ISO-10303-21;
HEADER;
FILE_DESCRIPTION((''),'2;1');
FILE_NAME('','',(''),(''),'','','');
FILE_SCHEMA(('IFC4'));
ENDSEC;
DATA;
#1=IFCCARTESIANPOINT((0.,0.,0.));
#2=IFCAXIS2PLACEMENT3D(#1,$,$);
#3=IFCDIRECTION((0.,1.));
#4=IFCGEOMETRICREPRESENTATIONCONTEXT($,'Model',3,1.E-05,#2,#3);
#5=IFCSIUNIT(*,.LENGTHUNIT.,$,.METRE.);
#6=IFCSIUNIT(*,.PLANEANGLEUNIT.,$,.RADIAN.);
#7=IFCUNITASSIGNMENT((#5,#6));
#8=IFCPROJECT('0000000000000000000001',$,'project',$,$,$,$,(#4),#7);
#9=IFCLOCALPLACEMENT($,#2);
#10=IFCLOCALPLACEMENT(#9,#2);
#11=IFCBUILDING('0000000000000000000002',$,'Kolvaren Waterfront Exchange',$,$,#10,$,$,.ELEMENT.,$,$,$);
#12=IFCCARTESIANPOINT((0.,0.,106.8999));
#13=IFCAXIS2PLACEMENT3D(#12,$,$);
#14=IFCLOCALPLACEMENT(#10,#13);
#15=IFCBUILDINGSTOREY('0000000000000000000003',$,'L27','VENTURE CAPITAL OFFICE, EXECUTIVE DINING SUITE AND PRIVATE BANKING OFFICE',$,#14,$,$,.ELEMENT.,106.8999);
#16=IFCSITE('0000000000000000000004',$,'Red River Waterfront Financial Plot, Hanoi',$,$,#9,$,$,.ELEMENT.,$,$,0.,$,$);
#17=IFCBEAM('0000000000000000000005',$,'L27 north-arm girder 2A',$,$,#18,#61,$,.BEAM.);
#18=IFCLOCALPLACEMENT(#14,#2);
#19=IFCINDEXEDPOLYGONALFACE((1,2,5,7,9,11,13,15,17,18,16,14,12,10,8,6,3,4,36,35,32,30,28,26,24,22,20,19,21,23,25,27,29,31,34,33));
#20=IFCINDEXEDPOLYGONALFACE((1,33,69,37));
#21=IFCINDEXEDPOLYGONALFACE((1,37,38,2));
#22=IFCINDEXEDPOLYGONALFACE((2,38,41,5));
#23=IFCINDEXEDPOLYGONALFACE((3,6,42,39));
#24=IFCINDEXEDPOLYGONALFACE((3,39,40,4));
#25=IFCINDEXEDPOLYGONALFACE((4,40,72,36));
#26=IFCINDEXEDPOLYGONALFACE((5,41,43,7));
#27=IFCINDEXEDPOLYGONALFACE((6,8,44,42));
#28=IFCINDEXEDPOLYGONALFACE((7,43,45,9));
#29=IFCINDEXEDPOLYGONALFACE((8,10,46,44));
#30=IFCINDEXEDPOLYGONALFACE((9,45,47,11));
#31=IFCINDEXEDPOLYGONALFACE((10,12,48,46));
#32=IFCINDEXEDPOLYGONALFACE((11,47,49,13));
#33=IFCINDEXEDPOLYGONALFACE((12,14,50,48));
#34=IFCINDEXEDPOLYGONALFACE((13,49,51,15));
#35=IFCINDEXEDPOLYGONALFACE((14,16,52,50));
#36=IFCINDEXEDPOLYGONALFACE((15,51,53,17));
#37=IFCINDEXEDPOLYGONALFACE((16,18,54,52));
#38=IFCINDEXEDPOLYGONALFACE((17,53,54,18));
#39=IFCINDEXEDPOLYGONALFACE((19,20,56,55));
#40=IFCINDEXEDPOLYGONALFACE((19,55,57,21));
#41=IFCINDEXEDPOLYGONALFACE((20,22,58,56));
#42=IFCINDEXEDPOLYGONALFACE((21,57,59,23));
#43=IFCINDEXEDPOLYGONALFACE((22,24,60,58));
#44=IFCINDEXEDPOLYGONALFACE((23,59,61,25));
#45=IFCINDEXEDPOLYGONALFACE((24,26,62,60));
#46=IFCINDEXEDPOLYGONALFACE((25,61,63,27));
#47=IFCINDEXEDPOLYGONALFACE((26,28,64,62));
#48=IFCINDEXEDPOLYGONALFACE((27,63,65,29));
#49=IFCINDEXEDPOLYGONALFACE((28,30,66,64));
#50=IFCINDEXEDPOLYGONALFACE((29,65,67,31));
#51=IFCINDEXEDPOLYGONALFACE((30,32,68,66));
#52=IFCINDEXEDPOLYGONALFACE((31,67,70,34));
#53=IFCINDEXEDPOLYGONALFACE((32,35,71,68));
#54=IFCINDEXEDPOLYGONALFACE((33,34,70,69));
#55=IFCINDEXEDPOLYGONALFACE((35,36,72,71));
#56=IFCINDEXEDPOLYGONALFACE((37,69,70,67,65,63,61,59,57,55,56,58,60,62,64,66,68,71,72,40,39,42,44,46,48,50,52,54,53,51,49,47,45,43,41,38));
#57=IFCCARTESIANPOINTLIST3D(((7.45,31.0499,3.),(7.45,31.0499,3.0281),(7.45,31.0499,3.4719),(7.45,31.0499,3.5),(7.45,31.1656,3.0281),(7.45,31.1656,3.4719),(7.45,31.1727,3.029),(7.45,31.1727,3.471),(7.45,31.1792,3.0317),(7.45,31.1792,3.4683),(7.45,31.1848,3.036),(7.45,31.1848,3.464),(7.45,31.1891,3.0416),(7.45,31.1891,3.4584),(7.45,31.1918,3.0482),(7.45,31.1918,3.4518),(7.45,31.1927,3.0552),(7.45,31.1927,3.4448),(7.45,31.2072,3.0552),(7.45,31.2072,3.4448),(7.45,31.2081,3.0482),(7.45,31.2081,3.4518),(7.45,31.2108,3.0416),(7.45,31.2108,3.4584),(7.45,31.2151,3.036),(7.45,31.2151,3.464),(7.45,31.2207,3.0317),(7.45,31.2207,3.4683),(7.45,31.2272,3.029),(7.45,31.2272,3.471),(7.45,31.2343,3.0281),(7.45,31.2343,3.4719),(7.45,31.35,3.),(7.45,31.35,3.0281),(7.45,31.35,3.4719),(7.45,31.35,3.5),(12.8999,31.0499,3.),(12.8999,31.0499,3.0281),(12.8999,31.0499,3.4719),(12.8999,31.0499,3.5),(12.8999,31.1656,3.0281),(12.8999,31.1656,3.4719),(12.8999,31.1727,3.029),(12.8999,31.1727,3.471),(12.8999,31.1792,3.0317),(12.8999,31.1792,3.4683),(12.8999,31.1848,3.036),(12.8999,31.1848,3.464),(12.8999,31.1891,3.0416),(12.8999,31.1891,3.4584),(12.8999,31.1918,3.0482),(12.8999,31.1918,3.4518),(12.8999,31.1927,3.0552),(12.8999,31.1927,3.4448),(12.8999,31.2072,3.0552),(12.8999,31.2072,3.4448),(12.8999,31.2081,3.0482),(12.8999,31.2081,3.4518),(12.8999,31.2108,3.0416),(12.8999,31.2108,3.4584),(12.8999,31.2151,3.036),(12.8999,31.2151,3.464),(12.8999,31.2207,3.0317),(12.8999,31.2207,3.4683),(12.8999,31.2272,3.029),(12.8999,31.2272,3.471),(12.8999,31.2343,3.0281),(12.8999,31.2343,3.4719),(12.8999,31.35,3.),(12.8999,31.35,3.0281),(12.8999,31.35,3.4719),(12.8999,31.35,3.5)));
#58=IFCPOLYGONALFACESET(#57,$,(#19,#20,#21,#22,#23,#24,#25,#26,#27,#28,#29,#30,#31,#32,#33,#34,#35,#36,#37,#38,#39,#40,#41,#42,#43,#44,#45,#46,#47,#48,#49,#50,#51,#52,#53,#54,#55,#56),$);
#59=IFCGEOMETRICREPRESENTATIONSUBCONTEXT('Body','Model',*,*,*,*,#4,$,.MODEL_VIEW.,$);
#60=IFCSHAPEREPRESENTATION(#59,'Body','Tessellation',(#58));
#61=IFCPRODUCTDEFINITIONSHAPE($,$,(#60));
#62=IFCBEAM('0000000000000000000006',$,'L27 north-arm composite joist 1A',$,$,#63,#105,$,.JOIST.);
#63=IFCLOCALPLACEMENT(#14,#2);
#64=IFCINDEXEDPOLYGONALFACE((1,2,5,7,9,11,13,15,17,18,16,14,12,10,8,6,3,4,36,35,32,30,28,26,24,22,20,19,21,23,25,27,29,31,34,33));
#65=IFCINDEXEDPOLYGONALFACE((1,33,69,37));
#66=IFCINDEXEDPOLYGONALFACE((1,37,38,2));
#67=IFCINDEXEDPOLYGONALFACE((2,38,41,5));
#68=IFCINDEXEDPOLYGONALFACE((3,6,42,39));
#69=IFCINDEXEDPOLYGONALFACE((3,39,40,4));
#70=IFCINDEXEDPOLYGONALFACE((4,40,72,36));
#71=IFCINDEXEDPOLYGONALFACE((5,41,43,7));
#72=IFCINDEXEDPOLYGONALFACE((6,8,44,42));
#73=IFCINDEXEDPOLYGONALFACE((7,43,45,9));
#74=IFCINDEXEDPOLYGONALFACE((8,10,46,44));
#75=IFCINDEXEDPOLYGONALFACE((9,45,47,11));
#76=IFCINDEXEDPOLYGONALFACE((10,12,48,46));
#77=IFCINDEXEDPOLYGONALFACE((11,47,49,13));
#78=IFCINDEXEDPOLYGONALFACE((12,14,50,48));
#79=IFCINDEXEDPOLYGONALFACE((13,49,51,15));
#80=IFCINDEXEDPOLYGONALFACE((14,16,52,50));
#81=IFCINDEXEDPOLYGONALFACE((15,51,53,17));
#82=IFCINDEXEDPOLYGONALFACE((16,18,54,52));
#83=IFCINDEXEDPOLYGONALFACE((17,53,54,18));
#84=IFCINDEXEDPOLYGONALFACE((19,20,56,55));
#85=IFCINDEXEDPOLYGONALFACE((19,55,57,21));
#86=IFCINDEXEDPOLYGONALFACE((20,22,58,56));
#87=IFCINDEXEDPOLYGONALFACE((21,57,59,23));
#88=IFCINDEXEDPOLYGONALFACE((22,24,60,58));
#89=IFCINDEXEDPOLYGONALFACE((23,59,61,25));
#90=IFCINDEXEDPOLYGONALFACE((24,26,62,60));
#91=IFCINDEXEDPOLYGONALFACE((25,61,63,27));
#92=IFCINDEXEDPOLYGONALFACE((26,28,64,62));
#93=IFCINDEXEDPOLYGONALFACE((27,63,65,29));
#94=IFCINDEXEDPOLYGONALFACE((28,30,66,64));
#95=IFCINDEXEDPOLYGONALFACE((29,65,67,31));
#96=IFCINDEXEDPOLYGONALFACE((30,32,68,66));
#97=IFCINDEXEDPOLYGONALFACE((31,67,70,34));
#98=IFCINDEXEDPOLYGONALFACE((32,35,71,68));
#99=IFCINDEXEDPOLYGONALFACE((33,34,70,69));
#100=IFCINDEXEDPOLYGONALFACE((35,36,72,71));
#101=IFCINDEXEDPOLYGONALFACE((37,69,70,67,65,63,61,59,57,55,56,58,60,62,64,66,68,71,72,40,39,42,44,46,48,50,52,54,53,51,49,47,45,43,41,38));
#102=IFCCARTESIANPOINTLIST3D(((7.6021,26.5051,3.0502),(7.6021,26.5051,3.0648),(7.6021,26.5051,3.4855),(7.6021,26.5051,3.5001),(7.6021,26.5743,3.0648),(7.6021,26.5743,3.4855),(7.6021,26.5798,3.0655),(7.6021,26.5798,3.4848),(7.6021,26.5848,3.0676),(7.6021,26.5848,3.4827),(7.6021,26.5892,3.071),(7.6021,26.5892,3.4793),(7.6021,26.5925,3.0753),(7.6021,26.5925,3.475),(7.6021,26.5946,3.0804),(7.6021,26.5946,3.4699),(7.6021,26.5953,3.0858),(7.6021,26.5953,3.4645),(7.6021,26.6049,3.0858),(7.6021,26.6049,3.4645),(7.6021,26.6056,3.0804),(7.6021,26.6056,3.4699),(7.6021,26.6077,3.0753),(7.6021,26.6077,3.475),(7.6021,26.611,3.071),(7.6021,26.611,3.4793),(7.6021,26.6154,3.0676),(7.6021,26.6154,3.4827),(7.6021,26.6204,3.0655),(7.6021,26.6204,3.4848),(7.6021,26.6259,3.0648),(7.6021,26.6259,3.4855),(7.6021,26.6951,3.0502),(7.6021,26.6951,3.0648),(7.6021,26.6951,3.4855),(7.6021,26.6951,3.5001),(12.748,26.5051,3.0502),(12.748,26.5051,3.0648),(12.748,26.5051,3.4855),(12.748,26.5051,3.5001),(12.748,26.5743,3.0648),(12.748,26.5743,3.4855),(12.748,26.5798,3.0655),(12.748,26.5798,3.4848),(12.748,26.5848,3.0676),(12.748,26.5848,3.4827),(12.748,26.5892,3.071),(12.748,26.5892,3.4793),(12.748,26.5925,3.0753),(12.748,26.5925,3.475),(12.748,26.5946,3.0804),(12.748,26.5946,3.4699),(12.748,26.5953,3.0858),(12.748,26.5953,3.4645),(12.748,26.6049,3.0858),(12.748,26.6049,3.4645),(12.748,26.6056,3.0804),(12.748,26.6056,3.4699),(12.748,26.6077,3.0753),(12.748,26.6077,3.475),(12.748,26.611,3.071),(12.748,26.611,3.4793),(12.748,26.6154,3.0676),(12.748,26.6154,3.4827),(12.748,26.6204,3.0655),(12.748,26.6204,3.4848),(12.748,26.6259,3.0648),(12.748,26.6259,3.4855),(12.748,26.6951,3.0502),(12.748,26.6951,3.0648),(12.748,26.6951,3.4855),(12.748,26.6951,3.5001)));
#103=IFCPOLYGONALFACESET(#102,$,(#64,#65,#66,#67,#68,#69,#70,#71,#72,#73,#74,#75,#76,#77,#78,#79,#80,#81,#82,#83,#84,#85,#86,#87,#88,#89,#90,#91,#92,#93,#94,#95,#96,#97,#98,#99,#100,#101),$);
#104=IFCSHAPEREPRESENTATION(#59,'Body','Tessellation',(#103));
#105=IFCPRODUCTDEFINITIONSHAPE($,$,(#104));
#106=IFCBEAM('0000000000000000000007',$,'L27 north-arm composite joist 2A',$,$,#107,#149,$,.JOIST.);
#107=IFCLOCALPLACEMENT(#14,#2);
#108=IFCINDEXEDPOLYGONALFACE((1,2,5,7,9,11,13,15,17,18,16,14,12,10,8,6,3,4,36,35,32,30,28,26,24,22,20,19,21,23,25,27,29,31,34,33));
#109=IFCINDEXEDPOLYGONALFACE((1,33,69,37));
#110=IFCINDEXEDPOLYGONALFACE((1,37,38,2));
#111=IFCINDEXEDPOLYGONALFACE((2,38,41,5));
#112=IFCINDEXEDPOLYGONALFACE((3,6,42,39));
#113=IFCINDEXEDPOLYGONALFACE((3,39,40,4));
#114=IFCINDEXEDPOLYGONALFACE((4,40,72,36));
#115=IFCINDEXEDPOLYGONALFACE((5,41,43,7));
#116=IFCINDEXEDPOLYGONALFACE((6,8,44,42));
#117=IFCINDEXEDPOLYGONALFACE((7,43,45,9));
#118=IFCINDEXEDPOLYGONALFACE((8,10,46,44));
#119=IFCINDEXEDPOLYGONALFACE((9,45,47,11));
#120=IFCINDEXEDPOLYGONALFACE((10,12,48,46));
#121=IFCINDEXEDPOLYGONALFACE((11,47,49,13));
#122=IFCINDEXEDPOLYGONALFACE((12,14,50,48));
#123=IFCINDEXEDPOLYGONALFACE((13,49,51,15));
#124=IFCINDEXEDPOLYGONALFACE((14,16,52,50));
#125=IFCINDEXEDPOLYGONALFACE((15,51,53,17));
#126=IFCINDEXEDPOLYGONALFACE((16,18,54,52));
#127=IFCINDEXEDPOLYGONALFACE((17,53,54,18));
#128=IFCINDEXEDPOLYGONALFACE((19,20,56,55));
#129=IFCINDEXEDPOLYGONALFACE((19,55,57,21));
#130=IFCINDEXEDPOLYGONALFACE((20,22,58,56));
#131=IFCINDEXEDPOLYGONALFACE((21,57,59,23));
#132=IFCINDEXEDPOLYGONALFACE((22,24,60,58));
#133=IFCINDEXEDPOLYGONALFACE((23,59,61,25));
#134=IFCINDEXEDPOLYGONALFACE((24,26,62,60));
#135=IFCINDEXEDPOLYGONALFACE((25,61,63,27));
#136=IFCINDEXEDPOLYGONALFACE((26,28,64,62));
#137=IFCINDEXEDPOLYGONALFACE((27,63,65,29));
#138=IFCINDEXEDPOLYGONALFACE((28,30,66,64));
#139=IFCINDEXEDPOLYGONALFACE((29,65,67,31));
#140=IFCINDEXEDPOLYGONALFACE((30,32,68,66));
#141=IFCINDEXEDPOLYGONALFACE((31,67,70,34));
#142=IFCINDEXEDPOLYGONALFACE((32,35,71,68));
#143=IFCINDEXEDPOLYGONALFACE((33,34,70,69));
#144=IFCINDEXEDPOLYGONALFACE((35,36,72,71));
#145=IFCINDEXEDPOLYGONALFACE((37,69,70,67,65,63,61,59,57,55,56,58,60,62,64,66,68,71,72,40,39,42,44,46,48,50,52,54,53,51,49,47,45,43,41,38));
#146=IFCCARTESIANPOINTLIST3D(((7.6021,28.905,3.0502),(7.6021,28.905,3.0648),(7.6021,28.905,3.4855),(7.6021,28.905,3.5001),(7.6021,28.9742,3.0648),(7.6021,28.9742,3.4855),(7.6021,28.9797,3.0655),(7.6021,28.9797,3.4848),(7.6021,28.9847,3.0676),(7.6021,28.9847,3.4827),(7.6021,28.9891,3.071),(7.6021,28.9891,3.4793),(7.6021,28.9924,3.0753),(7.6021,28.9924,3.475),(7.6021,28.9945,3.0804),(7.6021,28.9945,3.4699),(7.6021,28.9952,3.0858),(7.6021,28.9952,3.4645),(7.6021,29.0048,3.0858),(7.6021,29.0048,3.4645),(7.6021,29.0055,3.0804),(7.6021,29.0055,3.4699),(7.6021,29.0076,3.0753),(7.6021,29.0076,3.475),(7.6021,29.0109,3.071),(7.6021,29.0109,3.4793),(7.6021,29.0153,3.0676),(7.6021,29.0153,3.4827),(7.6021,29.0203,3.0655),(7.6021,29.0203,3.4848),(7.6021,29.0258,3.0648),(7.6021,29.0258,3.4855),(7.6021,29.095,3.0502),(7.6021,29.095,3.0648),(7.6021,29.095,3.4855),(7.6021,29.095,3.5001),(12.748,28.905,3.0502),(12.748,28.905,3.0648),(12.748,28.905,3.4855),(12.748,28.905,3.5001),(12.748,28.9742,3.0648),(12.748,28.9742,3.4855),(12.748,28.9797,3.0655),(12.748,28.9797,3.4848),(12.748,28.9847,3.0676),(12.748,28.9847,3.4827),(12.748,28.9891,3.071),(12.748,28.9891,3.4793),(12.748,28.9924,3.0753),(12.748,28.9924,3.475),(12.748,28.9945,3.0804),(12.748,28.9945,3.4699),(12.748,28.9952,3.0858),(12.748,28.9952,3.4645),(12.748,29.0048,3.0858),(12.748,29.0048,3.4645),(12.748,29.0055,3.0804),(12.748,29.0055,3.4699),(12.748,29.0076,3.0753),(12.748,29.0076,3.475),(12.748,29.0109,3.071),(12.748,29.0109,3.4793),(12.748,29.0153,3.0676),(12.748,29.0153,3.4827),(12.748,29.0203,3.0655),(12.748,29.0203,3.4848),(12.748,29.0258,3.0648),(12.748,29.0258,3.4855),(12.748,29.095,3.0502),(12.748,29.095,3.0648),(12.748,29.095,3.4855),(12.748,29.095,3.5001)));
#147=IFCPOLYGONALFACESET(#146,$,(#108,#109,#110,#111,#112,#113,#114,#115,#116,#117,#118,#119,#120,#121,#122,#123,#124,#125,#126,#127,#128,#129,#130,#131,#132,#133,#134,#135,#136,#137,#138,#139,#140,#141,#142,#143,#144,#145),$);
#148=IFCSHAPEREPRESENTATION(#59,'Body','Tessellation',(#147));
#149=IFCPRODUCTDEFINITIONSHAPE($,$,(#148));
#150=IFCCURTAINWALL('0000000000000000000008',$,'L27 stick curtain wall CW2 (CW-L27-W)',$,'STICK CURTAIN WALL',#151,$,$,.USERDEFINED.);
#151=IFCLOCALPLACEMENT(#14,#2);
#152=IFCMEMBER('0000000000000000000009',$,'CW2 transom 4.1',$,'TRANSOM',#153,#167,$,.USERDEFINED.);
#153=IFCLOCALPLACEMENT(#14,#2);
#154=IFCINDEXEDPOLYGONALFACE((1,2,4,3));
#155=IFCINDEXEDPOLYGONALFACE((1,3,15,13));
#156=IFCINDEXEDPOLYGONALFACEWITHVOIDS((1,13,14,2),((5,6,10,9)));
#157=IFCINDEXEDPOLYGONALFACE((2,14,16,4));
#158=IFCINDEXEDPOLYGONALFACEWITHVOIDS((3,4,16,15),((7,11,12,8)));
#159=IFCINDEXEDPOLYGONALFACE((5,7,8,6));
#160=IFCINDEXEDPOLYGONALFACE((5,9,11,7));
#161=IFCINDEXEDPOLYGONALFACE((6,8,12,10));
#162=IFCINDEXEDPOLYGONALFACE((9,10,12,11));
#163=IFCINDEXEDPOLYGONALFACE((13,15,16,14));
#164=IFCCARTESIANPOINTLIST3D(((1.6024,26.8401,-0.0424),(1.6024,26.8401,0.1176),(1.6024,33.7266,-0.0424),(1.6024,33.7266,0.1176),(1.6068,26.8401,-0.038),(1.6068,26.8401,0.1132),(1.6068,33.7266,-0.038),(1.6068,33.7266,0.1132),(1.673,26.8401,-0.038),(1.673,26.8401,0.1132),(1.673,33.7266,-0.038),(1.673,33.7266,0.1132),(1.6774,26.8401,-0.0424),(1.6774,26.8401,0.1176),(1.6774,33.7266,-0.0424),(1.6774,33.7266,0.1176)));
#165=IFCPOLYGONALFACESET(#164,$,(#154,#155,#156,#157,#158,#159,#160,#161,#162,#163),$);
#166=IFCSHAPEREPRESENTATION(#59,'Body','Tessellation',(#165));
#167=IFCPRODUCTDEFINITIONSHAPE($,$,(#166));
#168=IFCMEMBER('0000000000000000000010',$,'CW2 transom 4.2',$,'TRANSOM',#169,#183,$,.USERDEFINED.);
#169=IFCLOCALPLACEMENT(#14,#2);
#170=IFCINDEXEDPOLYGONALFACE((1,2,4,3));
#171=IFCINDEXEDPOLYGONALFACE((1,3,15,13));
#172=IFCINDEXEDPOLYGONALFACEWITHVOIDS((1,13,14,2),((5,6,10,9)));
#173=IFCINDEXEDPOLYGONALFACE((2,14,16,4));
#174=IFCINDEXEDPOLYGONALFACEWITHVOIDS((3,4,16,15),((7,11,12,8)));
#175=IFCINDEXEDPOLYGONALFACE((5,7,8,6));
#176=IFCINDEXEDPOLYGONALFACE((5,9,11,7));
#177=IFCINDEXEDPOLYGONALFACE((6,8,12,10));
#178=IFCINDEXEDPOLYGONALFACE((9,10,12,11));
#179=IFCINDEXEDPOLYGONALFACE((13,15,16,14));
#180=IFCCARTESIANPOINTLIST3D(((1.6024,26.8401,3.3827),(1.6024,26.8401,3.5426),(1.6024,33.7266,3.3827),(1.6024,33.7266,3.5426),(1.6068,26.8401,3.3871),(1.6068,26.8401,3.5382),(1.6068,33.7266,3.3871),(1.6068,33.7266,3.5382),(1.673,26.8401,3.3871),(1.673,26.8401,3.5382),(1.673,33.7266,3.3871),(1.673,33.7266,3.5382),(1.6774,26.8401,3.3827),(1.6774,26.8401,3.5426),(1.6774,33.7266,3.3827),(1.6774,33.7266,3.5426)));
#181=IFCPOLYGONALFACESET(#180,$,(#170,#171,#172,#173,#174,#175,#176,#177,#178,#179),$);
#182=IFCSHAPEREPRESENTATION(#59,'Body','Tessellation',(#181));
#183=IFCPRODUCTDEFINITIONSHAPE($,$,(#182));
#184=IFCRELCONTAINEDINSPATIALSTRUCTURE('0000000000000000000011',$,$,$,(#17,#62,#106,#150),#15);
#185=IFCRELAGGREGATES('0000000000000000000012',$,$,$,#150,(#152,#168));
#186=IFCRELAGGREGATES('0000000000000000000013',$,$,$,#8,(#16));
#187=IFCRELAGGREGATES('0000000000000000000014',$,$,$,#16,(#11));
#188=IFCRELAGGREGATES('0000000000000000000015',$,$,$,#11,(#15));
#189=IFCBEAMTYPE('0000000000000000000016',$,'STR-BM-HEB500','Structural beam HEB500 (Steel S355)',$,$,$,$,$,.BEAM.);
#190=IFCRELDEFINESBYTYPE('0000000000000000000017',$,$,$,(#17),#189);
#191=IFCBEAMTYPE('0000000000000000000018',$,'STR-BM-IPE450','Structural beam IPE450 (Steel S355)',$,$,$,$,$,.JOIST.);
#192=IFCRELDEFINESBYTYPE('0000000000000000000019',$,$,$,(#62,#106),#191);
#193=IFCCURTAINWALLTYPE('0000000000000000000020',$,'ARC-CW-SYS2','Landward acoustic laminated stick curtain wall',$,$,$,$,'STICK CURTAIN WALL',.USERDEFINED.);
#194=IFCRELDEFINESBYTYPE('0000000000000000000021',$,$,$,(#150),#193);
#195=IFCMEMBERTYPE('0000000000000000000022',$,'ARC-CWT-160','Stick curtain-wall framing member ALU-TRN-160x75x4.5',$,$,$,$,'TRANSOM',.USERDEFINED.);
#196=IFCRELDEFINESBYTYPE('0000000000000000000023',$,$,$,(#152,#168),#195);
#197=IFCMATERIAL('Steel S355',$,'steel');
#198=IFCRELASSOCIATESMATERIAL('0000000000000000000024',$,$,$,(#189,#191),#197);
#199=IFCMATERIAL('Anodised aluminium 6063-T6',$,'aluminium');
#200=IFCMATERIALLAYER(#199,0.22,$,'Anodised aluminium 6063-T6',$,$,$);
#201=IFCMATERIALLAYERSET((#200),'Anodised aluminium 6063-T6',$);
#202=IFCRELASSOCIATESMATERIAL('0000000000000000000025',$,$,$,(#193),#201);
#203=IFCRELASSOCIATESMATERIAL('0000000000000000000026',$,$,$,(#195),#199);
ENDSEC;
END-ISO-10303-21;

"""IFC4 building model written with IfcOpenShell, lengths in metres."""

from ifc_helpers import new_model, si_unit, direction, frame, origin, origin_with_axes, origin_2d, place, context, subcontext, project, spatial, hollow_rectangle, i_section, extrude, source, transform, mapped, material, layer, layer_set, material_profile, profile_set, type_object, element, aggregate, save


model = new_model("IFC4")

# Units and contexts
model_context = context("Model", 3, precision=1e-05, world=origin(), true_north=direction((0.0, 1.0)))
body_context = subcontext(model_context, "Body", "Model", "MODEL_VIEW")
ifc_project = project(units=[si_unit("LENGTHUNIT", "METRE"), si_unit("PLANEANGLEUNIT", "RADIAN")], contexts=[model_context])

# Site, building, storey
site_placement = place(None, origin())
site = spatial("IfcSite", under=ifc_project, at=site_placement, Name="Red River Waterfront Financial Plot, Hanoi", CompositionType="ELEMENT", RefElevation=0.0)
building_placement = place(site_placement, origin())
building = spatial("IfcBuilding", under=site, at=building_placement, Name="Kolvaren Waterfront Exchange", CompositionType="ELEMENT")
storey_placement = place(building_placement, frame((0.0, 0.0, 106.8999)))
storey = spatial("IfcBuildingStorey", under=building, at=storey_placement, Name="L27", Description="VENTURE CAPITAL OFFICE, EXECUTIVE DINING SUITE AND PRIVATE BANKING OFFICE", CompositionType="ELEMENT", Elevation=106.8999)

# Beams
ifc_material_1 = material(Name="Steel S355", Category="steel")
ifc_material_profile_1 = material_profile(ifc_material_1, i_section(OverallWidth=0.3, OverallDepth=0.5, WebThickness=0.0144, FlangeThickness=0.0281, FilletRadius=0.0271, at=origin_2d()), Name="HEB500")
ifc_profile_set_1 = profile_set([ifc_material_profile_1], Name="Steel S355")
beam_type_1 = type_object("IfcBeamType", Name="STR-BM-HEB500", Description="Structural beam HEB500 (Steel S355)", PredefinedType="BEAM", material=ifc_profile_set_1)
for number, where, z_axis, x_axis, name in (
    (1, (7.45, 31.2, 3.25), (1.0, 0.0, 0.0), (0.0, 1.0, 0.0), "L27 north-arm girder 2A"),
):
    element("IfcBeam", number, at=place(storey_placement, frame(where, z_axis=z_axis, x_axis=x_axis)), inside=storey, type_object=beam_type_1, Name=name, PredefinedType="BEAM", context=body_context, shape_type="SweptSolid", body=[
        extrude(i_section(OverallWidth=0.3, OverallDepth=0.5, WebThickness=0.0144, FlangeThickness=0.0281, FilletRadius=0.0271, at=origin_2d()), origin(), (0.0, 0.0, 1.0), 5.45),
    ])
ifc_material_profile_2 = material_profile(ifc_material_1, i_section(OverallWidth=0.1899, OverallDepth=0.45, WebThickness=0.0095, FlangeThickness=0.0146, FilletRadius=0.021, at=origin_2d()), Name="IPE450")
ifc_profile_set_2 = profile_set([ifc_material_profile_2], Name="Steel S355")
beam_type_2 = type_object("IfcBeamType", Name="STR-BM-IPE450", Description="Structural beam IPE450 (Steel S355)", PredefinedType="JOIST", material=ifc_profile_set_2)
for number, where, z_axis, x_axis, name in (
    (2, (7.6021, 26.6001, 3.2751), (1.0, 0.0, 0.0), (0.0, 1.0, 0.0), "L27 north-arm composite joist 1A"),
    (3, (7.6021, 29.0, 3.2751), (1.0, 0.0, 0.0), (0.0, 1.0, 0.0), "L27 north-arm composite joist 2A"),
):
    element("IfcBeam", number, at=place(storey_placement, frame(where, z_axis=z_axis, x_axis=x_axis)), inside=storey, type_object=beam_type_2, Name=name, PredefinedType="JOIST", context=body_context, shape_type="SweptSolid", body=[
        extrude(i_section(OverallWidth=0.1899, OverallDepth=0.45, WebThickness=0.0095, FlangeThickness=0.0146, FilletRadius=0.021, at=origin_2d()), origin(), (0.0, 0.0, 1.0), 5.146),
    ])

# Curtain wall, members
ifc_material_2 = material(Name="Anodised aluminium 6063-T6", Category="aluminium")
ifc_layer_1 = layer(ifc_material_2, 0.22, Name="Anodised aluminium 6063-T6")
ifc_layer_set_1 = layer_set([ifc_layer_1], Name="Anodised aluminium 6063-T6")
curtain_wall_type = type_object("IfcCurtainWallType", Name="ARC-CW-SYS2", Description="Landward acoustic laminated stick curtain wall", ElementType="STICK CURTAIN WALL", PredefinedType="USERDEFINED", material=ifc_layer_set_1)
curtain_wall_placement = place(storey_placement, origin())
curtain_wall = element("IfcCurtainWall", 4, at=curtain_wall_placement, inside=storey, type_object=curtain_wall_type, Name="L27 stick curtain wall CW2 (CW-L27-W)", ObjectType="STICK CURTAIN WALL", PredefinedType="USERDEFINED")
ifc_material_profile_3 = material_profile(ifc_material_2, hollow_rectangle(XDim=0.075, YDim=0.1599, WallThickness=0.0044, at=origin_2d()), Name="ALU-TRN-160x75x4.5")
ifc_profile_set_3 = profile_set([ifc_material_profile_3], Name="Anodised aluminium 6063-T6")
member_type_1 = type_object("IfcMemberType", Name="ARC-CWT-160", Description="Stick curtain-wall framing member ALU-TRN-160x75x4.5", ElementType="TRANSOM", PredefinedType="USERDEFINED", material=ifc_profile_set_3)
shared_shape_1 = source(origin_with_axes(), body_context, "Body", "SweptSolid", [
    extrude(hollow_rectangle(XDim=0.075, YDim=0.1599, WallThickness=0.0044, at=origin_2d()), origin(), (0.0, 0.0, 1.0), 6.8865),
])
member_1_placement = place(storey_placement, frame((1.6399, 26.8401, 0.0376), z_axis=(0.0, 1.0, 0.0), x_axis=(-1.0, 0.0, 0.0)))
member_1 = element("IfcMember", 5, at=member_1_placement, type_object=member_type_1, Name="CW2 transom 4.1", ObjectType="TRANSOM", PredefinedType="USERDEFINED", context=body_context, shape_type="MappedRepresentation", body=[
    mapped(shared_shape_1, transform((0.0, 0.0, 0.0), x_axis=(1.0, 0.0, 0.0), y_axis=(0.0, 1.0, 0.0), z_axis=(0.0, 0.0, 1.0), scale=1.0)),
])
member_2_placement = place(storey_placement, frame((1.6399, 26.8401, 3.4626), z_axis=(0.0, 1.0, 0.0), x_axis=(-1.0, 0.0, 0.0)))
member_2 = element("IfcMember", 6, at=member_2_placement, type_object=member_type_1, Name="CW2 transom 4.2", ObjectType="TRANSOM", PredefinedType="USERDEFINED", context=body_context, shape_type="MappedRepresentation", body=[
    mapped(shared_shape_1, transform((0.0, 0.0, 0.0), x_axis=(1.0, 0.0, 0.0), y_axis=(0.0, 1.0, 0.0), z_axis=(0.0, 0.0, 1.0), scale=1.0)),
])
aggregate(curtain_wall, [member_1, member_2])

save(model, "model.ifc")
